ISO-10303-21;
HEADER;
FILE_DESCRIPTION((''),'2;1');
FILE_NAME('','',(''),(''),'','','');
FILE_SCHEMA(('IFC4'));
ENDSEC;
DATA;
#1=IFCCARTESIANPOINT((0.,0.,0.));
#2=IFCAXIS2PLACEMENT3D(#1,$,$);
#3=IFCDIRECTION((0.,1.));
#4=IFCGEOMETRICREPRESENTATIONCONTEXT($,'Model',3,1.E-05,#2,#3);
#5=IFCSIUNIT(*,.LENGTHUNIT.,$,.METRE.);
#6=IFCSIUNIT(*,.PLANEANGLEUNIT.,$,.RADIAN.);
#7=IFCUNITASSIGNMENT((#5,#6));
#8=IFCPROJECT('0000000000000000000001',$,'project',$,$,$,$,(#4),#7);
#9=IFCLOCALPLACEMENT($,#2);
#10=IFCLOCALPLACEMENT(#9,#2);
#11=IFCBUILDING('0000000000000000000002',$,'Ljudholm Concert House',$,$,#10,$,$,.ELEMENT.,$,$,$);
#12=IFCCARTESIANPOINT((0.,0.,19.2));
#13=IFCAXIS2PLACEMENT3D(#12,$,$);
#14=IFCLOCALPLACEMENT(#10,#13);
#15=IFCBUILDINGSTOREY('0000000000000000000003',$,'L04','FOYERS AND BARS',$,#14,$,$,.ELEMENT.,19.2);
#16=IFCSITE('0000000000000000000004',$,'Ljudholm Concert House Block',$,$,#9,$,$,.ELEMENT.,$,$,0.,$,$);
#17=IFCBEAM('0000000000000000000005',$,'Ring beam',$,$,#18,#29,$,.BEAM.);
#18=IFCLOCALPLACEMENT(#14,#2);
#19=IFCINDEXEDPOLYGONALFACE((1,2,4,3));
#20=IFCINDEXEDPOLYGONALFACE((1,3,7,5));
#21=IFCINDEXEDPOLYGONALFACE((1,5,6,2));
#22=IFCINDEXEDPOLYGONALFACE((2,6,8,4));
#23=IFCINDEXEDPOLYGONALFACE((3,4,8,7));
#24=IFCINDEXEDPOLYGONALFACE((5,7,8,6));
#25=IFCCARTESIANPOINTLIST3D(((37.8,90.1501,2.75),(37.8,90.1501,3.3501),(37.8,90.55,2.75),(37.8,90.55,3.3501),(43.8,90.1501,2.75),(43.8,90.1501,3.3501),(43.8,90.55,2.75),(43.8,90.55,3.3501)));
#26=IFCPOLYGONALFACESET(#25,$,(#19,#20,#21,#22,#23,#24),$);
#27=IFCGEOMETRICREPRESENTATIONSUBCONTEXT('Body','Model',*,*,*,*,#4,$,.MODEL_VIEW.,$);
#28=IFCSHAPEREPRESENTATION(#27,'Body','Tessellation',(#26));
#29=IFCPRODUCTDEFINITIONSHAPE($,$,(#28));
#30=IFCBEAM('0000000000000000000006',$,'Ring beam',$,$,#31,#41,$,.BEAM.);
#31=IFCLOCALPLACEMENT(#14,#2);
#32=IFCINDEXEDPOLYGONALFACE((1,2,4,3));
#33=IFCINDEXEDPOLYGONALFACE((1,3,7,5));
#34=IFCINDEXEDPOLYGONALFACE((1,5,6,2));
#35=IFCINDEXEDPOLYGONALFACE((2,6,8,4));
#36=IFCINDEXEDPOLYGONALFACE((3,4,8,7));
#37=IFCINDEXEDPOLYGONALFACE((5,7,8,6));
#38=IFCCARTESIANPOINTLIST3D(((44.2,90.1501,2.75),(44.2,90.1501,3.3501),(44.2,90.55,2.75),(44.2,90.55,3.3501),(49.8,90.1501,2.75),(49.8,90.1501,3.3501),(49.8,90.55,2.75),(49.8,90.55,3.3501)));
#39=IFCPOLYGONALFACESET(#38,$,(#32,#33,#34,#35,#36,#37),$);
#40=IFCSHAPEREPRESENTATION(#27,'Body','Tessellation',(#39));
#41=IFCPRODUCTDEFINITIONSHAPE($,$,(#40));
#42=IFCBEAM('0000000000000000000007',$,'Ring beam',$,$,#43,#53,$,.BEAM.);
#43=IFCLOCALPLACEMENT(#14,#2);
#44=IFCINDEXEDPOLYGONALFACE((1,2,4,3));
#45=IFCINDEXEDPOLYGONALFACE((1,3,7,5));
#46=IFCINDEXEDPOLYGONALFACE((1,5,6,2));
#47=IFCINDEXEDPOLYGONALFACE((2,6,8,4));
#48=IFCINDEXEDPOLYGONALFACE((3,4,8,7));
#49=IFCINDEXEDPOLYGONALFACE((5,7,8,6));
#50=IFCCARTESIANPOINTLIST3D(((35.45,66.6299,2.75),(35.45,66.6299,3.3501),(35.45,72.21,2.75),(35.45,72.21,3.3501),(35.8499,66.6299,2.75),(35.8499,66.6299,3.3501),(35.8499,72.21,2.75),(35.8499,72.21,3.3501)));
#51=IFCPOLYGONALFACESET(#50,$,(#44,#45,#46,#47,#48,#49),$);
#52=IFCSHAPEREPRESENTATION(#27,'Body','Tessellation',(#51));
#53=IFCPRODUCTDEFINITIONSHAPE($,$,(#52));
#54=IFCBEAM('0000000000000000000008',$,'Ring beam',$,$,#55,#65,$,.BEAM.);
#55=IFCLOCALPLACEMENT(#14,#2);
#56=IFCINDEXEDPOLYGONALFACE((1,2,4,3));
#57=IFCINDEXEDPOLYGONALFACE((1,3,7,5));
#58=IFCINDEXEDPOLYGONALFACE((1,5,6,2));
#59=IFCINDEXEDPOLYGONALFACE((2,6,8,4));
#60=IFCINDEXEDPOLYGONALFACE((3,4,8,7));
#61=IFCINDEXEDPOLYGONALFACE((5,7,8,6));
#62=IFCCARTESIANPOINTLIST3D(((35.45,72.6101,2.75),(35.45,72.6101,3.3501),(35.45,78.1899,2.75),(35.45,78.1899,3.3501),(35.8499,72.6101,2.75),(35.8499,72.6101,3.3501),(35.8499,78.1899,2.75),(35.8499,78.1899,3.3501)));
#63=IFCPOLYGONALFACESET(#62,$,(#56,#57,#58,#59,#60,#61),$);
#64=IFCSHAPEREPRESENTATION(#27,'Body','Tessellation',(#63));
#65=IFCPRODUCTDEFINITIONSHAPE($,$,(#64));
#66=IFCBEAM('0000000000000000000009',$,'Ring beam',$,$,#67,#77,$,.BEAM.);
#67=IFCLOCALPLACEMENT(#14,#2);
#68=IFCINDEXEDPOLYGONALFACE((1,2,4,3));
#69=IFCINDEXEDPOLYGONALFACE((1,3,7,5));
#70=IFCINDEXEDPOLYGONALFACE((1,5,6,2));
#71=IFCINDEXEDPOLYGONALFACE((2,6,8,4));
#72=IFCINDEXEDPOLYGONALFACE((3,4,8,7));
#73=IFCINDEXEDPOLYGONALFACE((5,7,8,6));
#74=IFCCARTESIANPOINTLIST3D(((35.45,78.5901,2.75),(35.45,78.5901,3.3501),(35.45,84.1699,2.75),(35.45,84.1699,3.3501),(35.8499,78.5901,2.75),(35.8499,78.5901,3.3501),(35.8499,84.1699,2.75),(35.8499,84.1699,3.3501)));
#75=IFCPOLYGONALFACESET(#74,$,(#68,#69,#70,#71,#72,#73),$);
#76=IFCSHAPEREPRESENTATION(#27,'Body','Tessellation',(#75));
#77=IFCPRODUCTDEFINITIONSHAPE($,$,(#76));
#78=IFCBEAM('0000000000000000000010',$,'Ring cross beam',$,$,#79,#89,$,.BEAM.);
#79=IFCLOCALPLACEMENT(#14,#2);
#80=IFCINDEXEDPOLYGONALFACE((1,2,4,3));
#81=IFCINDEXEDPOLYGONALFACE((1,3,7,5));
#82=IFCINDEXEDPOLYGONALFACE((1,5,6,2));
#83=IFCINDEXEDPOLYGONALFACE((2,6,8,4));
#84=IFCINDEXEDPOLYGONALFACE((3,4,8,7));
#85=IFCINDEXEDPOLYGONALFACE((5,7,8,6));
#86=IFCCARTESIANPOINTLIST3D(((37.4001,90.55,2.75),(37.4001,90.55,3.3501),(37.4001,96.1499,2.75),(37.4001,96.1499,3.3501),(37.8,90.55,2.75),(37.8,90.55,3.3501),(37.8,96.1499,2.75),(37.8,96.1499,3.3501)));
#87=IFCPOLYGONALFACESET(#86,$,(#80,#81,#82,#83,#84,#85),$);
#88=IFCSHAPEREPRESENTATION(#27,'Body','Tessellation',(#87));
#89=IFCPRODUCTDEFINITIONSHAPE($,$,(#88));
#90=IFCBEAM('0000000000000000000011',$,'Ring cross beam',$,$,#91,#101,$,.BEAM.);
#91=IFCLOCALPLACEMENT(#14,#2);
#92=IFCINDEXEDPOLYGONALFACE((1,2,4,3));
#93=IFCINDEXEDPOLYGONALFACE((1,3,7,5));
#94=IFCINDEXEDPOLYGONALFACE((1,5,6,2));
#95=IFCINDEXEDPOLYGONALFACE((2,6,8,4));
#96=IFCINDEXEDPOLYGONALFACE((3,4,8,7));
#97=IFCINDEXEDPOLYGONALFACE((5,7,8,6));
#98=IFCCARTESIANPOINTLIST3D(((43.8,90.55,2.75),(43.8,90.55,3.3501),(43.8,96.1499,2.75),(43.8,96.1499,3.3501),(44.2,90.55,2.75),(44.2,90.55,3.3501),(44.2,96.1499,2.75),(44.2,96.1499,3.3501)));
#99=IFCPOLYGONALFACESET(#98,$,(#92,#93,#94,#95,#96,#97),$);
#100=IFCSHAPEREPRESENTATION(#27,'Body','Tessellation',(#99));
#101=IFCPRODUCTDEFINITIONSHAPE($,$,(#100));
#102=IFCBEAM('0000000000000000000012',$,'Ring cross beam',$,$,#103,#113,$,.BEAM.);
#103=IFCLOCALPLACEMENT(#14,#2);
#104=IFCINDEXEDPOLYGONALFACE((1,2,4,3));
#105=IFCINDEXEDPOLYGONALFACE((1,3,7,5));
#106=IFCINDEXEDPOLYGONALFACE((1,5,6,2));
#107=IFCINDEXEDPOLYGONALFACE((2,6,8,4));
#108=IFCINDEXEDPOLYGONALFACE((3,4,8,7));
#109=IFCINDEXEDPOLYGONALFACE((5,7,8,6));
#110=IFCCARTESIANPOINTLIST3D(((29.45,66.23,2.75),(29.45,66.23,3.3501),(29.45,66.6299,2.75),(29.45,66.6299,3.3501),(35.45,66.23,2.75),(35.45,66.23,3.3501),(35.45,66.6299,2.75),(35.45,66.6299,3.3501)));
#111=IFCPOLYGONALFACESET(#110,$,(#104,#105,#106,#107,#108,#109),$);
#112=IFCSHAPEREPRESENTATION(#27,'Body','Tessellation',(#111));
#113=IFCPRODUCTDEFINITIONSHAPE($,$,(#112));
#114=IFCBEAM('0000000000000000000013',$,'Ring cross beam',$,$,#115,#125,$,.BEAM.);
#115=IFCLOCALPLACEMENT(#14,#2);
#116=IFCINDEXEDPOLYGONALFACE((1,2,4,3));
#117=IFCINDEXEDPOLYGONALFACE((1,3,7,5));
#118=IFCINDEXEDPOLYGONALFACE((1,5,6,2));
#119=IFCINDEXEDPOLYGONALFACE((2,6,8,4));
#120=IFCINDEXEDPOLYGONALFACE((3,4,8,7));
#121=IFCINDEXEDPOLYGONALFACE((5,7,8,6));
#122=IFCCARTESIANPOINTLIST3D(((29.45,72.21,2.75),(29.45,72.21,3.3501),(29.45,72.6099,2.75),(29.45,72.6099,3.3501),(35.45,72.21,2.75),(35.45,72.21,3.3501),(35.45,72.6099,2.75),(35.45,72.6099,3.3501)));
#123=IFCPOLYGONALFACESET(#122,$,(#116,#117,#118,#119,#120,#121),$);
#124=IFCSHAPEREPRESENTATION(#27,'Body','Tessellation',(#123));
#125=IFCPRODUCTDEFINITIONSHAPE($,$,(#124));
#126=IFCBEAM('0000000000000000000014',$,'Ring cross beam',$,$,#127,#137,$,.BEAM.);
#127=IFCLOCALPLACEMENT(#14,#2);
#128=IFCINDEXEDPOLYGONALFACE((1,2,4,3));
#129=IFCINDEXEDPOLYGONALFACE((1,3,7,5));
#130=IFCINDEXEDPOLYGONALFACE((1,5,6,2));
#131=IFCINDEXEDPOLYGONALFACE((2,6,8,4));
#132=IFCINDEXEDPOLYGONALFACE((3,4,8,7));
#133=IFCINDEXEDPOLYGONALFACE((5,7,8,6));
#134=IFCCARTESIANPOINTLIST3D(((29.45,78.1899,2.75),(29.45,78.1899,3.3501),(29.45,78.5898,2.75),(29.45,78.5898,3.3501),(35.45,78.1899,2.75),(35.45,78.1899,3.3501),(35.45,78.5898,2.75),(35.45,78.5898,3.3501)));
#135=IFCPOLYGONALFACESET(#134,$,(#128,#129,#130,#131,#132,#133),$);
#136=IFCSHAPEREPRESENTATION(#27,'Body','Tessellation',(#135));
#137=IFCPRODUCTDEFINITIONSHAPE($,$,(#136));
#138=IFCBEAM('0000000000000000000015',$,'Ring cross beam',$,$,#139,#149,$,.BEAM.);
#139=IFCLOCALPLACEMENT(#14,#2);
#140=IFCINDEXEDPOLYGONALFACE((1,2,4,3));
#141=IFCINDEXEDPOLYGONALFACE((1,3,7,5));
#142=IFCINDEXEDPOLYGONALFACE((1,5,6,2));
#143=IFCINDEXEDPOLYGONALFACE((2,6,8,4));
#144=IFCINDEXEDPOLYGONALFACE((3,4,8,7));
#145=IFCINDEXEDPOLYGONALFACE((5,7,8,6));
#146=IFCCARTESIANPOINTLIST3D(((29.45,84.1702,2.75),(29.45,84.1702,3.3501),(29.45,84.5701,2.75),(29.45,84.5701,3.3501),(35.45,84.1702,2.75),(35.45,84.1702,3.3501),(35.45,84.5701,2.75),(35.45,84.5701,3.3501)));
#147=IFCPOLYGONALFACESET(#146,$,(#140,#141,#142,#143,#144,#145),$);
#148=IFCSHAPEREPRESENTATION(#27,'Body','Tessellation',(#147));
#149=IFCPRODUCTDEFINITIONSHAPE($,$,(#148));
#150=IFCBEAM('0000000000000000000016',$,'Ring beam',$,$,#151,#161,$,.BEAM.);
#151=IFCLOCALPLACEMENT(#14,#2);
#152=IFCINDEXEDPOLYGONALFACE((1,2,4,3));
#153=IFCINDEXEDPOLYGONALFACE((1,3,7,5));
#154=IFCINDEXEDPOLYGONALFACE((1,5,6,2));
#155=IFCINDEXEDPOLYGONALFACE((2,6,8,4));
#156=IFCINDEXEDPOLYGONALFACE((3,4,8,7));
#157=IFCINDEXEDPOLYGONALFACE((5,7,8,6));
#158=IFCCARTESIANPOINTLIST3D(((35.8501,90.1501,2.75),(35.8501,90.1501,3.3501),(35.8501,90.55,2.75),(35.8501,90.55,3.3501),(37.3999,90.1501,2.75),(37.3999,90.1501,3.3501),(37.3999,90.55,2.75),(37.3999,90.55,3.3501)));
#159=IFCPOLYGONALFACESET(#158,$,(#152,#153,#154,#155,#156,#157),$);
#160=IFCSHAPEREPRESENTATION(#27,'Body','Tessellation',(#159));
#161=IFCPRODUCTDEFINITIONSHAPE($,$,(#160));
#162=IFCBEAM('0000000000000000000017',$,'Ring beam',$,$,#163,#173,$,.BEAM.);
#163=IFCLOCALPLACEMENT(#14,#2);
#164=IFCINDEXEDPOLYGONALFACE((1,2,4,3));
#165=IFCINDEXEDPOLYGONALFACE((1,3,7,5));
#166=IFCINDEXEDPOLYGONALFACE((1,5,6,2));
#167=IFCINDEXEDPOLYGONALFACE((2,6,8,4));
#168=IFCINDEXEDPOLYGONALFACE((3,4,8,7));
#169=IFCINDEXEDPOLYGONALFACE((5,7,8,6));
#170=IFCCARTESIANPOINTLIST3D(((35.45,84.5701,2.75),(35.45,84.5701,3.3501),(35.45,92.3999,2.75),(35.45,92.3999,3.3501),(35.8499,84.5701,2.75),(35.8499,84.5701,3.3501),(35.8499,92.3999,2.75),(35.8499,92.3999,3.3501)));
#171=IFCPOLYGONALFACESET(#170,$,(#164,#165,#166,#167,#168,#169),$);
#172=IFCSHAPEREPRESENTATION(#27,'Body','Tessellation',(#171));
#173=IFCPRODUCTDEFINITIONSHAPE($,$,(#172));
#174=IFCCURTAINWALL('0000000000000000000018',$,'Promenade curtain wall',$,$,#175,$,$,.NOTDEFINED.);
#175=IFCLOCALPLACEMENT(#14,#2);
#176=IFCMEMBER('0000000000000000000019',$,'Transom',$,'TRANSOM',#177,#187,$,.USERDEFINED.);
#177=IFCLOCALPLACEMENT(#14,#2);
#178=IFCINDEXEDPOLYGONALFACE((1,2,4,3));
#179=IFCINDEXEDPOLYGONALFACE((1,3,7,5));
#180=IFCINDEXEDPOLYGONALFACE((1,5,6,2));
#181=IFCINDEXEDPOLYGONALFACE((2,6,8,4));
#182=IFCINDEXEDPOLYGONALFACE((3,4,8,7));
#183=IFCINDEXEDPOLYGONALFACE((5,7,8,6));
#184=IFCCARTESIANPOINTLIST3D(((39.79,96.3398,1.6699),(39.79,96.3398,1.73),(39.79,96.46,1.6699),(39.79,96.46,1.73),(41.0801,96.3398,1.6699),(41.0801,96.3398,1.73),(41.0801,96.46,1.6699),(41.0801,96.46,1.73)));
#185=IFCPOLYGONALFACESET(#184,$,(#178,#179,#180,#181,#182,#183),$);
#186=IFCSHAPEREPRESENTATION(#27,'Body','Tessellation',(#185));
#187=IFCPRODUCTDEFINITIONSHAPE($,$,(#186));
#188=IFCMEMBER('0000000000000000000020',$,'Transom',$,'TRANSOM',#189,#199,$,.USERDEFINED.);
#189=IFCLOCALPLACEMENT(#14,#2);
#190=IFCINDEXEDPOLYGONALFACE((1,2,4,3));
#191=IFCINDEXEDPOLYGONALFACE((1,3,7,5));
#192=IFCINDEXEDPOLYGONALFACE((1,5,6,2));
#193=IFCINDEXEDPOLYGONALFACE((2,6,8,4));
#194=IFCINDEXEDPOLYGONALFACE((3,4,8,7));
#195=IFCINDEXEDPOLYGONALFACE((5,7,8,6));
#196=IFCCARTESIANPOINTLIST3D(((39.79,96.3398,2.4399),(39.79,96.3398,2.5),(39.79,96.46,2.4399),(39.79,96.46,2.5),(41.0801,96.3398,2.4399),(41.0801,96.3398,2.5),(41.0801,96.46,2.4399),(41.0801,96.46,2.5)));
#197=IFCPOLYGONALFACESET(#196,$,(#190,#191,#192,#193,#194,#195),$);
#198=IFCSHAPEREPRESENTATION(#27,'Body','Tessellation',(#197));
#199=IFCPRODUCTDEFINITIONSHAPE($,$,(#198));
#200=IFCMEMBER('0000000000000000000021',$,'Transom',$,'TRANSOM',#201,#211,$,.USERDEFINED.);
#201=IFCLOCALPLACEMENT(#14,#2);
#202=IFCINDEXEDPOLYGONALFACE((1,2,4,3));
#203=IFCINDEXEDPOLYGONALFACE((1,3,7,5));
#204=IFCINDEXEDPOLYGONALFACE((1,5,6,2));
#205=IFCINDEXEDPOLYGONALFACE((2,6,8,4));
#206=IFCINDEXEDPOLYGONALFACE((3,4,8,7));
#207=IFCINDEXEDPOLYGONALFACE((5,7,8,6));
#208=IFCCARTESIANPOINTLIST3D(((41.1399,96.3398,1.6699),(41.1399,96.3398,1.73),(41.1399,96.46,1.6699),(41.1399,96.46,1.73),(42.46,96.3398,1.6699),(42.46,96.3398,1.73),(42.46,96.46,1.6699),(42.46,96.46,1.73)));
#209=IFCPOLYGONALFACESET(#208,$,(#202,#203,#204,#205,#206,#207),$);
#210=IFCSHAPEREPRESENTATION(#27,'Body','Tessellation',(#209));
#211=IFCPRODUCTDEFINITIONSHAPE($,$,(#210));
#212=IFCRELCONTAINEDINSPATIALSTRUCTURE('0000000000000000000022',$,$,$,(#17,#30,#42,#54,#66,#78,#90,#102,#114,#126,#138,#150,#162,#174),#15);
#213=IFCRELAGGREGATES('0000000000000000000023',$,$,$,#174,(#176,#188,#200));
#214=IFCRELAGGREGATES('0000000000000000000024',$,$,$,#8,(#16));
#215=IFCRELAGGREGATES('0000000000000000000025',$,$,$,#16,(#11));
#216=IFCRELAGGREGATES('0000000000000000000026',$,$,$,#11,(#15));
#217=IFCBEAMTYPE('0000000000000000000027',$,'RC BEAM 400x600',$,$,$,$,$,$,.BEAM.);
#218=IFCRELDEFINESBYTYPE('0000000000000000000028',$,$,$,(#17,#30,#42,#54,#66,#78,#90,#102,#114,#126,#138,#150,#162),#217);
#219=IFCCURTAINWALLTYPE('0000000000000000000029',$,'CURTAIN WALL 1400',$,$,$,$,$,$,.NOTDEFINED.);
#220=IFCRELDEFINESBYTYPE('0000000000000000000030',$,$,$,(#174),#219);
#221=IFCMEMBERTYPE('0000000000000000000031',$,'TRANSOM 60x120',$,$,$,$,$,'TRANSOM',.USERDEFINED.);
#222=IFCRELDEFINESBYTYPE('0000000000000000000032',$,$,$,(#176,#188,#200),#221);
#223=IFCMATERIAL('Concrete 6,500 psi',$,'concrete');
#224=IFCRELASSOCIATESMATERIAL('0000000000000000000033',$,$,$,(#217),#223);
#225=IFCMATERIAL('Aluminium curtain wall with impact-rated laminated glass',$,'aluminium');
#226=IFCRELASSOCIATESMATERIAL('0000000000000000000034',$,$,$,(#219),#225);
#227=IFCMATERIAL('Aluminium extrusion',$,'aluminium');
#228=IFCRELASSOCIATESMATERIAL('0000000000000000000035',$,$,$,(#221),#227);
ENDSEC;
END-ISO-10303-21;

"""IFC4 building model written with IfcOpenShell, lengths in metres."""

from ifc_helpers import new_model, si_unit, direction, frame, origin, origin_2d, place, context, subcontext, project, spatial, rectangle, extrude, material, material_profile, profile_set, type_object, element, aggregate, save


model = new_model("IFC4")

# Units and contexts
model_context = context("Model", 3, precision=1e-05, world=origin(), true_north=direction((0.0, 1.0)))
body_context = subcontext(model_context, "Body", "Model", "MODEL_VIEW")
ifc_project = project(units=[si_unit("LENGTHUNIT", "METRE"), si_unit("PLANEANGLEUNIT", "RADIAN")], contexts=[model_context])

# Site, building, storey
site_placement = place(None, origin())
site = spatial("IfcSite", under=ifc_project, at=site_placement, Name="Ljudholm Concert House Block", CompositionType="ELEMENT", RefElevation=0.0)
building_placement = place(site_placement, origin())
building = spatial("IfcBuilding", under=site, at=building_placement, Name="Ljudholm Concert House", CompositionType="ELEMENT")
storey_placement = place(building_placement, frame((0.0, 0.0, 19.2)))
storey = spatial("IfcBuildingStorey", under=building, at=storey_placement, Name="L04", Description="FOYERS AND BARS", CompositionType="ELEMENT", Elevation=19.2)

# Beams
ifc_material_1 = material(Name="Concrete 6,500 psi", Category="concrete")
ifc_material_profile_1 = material_profile(ifc_material_1, rectangle(XDim=0.3999, YDim=0.6001, at=origin_2d()), Name="RC BEAM 400x600")
ifc_profile_set_1 = profile_set([ifc_material_profile_1], Name="Concrete 6,500 psi")
beam_type = type_object("IfcBeamType", Name="RC BEAM 400x600", PredefinedType="BEAM", material=ifc_profile_set_1)
beam_1_placement = place(storey_placement, frame((37.8, 90.3501, 3.05), z_axis=(1.0, 0.0, 0.0), x_axis=(0.0, 1.0, 0.0)))
element("IfcBeam", 1, at=beam_1_placement, inside=storey, type_object=beam_type, Name="Ring beam", PredefinedType="BEAM", context=body_context, shape_type="SweptSolid", body=[
    extrude(rectangle(XDim=0.3999, YDim=0.6001, at=origin_2d()), origin(), (0.0, 0.0, 1.0), 6.0),
])
beam_2_placement = place(storey_placement, frame((44.2, 90.3501, 3.05), z_axis=(1.0, 0.0, 0.0), x_axis=(0.0, 1.0, 0.0)))
element("IfcBeam", 2, at=beam_2_placement, inside=storey, type_object=beam_type, Name="Ring beam", PredefinedType="BEAM", context=body_context, shape_type="SweptSolid", body=[
    extrude(rectangle(XDim=0.3999, YDim=0.6001, at=origin_2d()), origin(), (0.0, 0.0, 1.0), 5.6001),
])
beam_3_placement = place(storey_placement, frame((35.6499, 66.6299, 3.05), z_axis=(0.0, 1.0, 0.0), x_axis=(-1.0, 0.0, 0.0)))
element("IfcBeam", 3, at=beam_3_placement, inside=storey, type_object=beam_type, Name="Ring beam", PredefinedType="BEAM", context=body_context, shape_type="SweptSolid", body=[
    extrude(rectangle(XDim=0.3999, YDim=0.6001, at=origin_2d()), origin(), (0.0, 0.0, 1.0), 5.5801),
])
for number, where, z_axis, x_axis, name in (
    (4, (35.6499, 72.6101, 3.05), (0.0, 1.0, 0.0), (-1.0, 0.0, 0.0), "Ring beam"),
    (5, (35.6499, 78.5901, 3.05), (0.0, 1.0, 0.0), (-1.0, 0.0, 0.0), "Ring beam"),
):
    element("IfcBeam", number, at=place(storey_placement, frame(where, z_axis=z_axis, x_axis=x_axis)), inside=storey, type_object=beam_type, Name=name, PredefinedType="BEAM", context=body_context, shape_type="SweptSolid", body=[
        extrude(rectangle(XDim=0.3999, YDim=0.6001, at=origin_2d()), origin(), (0.0, 0.0, 1.0), 5.5798),
    ])
for number, where, z_axis, x_axis, name in (
    (6, (37.6001, 90.55, 3.05), (0.0, 1.0, 0.0), (-1.0, 0.0, 0.0), "Ring cross beam"),
    (7, (44.0, 90.55, 3.05), (0.0, 1.0, 0.0), (-1.0, 0.0, 0.0), "Ring cross beam"),
):
    element("IfcBeam", number, at=place(storey_placement, frame(where, z_axis=z_axis, x_axis=x_axis)), inside=storey, type_object=beam_type, Name=name, PredefinedType="BEAM", context=body_context, shape_type="SweptSolid", body=[
        extrude(rectangle(XDim=0.3999, YDim=0.6001, at=origin_2d()), origin(), (0.0, 0.0, 1.0), 5.5999),
    ])
for number, where, z_axis, x_axis, name in (
    (8, (35.45, 66.4299, 3.05), (-1.0, 0.0, 0.0), (0.0, -1.0, 0.0), "Ring cross beam"),
    (9, (35.45, 72.4099, 3.05), (-1.0, 0.0, 0.0), (0.0, -1.0, 0.0), "Ring cross beam"),
    (10, (35.45, 78.3899, 3.05), (-1.0, 0.0, 0.0), (0.0, -1.0, 0.0), "Ring cross beam"),
    (11, (35.45, 84.3701, 3.05), (-1.0, 0.0, 0.0), (0.0, -1.0, 0.0), "Ring cross beam"),
):
    element("IfcBeam", number, at=place(storey_placement, frame(where, z_axis=z_axis, x_axis=x_axis)), inside=storey, type_object=beam_type, Name=name, PredefinedType="BEAM", context=body_context, shape_type="SweptSolid", body=[
        extrude(rectangle(XDim=0.3999, YDim=0.6001, at=origin_2d()), origin(), (0.0, 0.0, 1.0), 6.0),
    ])
beam_4_placement = place(storey_placement, frame((35.8501, 90.3501, 3.05), z_axis=(1.0, 0.0, 0.0), x_axis=(0.0, 1.0, 0.0)))
element("IfcBeam", 12, at=beam_4_placement, inside=storey, type_object=beam_type, Name="Ring beam", PredefinedType="BEAM", context=body_context, shape_type="SweptSolid", body=[
    extrude(rectangle(XDim=0.3999, YDim=0.6001, at=origin_2d()), origin(), (0.0, 0.0, 1.0), 1.5498),
])
beam_5_placement = place(storey_placement, frame((35.6499, 84.5701, 3.05), z_axis=(0.0, 1.0, 0.0), x_axis=(-1.0, 0.0, 0.0)))
element("IfcBeam", 13, at=beam_5_placement, inside=storey, type_object=beam_type, Name="Ring beam", PredefinedType="BEAM", context=body_context, shape_type="SweptSolid", body=[
    extrude(rectangle(XDim=0.3999, YDim=0.6001, at=origin_2d()), origin(), (0.0, 0.0, 1.0), 7.8298),
])

# Curtain wall, members
ifc_material_2 = material(Name="Aluminium curtain wall with impact-rated laminated glass", Category="aluminium")
curtain_wall_type = type_object("IfcCurtainWallType", Name="CURTAIN WALL 1400", PredefinedType="NOTDEFINED", material=ifc_material_2)
curtain_wall_1_placement = place(storey_placement, origin())
curtain_wall_1 = element("IfcCurtainWall", 14, at=curtain_wall_1_placement, inside=storey, type_object=curtain_wall_type, Name="Promenade curtain wall", PredefinedType="NOTDEFINED")
ifc_material_3 = material(Name="Aluminium extrusion", Category="aluminium")
ifc_material_profile_2 = material_profile(ifc_material_3, rectangle(XDim=0.1201, YDim=0.0601, at=origin_2d()), Name="TRANSOM 60x120")
ifc_profile_set_2 = profile_set([ifc_material_profile_2], Name="Aluminium extrusion")
member_type = type_object("IfcMemberType", Name="TRANSOM 60x120", ElementType="TRANSOM", PredefinedType="USERDEFINED", material=ifc_profile_set_2)
member_1_placement = place(storey_placement, frame((39.79, 96.3999, 1.7), z_axis=(1.0, 0.0, 0.0), x_axis=(0.0, 1.0, 0.0)))
member_1 = element("IfcMember", 15, at=member_1_placement, type_object=member_type, Name="Transom", ObjectType="TRANSOM", PredefinedType="USERDEFINED", context=body_context, shape_type="SweptSolid", body=[
    extrude(rectangle(XDim=0.1201, YDim=0.0601, at=origin_2d()), origin(), (0.0, 0.0, 1.0), 1.29),
])
member_2_placement = place(storey_placement, frame((39.79, 96.3999, 2.47), z_axis=(1.0, 0.0, 0.0), x_axis=(0.0, 1.0, 0.0)))
member_2 = element("IfcMember", 16, at=member_2_placement, type_object=member_type, Name="Transom", ObjectType="TRANSOM", PredefinedType="USERDEFINED", context=body_context, shape_type="SweptSolid", body=[
    extrude(rectangle(XDim=0.1201, YDim=0.0601, at=origin_2d()), origin(), (0.0, 0.0, 1.0), 1.29),
])
member_3_placement = place(storey_placement, frame((41.1399, 96.3999, 1.7), z_axis=(1.0, 0.0, 0.0), x_axis=(0.0, 1.0, 0.0)))
member_3 = element("IfcMember", 17, at=member_3_placement, type_object=member_type, Name="Transom", ObjectType="TRANSOM", PredefinedType="USERDEFINED", context=body_context, shape_type="SweptSolid", body=[
    extrude(rectangle(XDim=0.1201, YDim=0.0601, at=origin_2d()), origin(), (0.0, 0.0, 1.0), 1.3201),
])

aggregate(curtain_wall_1, [member_1, member_2, member_3])

save(model, "model.ifc")
